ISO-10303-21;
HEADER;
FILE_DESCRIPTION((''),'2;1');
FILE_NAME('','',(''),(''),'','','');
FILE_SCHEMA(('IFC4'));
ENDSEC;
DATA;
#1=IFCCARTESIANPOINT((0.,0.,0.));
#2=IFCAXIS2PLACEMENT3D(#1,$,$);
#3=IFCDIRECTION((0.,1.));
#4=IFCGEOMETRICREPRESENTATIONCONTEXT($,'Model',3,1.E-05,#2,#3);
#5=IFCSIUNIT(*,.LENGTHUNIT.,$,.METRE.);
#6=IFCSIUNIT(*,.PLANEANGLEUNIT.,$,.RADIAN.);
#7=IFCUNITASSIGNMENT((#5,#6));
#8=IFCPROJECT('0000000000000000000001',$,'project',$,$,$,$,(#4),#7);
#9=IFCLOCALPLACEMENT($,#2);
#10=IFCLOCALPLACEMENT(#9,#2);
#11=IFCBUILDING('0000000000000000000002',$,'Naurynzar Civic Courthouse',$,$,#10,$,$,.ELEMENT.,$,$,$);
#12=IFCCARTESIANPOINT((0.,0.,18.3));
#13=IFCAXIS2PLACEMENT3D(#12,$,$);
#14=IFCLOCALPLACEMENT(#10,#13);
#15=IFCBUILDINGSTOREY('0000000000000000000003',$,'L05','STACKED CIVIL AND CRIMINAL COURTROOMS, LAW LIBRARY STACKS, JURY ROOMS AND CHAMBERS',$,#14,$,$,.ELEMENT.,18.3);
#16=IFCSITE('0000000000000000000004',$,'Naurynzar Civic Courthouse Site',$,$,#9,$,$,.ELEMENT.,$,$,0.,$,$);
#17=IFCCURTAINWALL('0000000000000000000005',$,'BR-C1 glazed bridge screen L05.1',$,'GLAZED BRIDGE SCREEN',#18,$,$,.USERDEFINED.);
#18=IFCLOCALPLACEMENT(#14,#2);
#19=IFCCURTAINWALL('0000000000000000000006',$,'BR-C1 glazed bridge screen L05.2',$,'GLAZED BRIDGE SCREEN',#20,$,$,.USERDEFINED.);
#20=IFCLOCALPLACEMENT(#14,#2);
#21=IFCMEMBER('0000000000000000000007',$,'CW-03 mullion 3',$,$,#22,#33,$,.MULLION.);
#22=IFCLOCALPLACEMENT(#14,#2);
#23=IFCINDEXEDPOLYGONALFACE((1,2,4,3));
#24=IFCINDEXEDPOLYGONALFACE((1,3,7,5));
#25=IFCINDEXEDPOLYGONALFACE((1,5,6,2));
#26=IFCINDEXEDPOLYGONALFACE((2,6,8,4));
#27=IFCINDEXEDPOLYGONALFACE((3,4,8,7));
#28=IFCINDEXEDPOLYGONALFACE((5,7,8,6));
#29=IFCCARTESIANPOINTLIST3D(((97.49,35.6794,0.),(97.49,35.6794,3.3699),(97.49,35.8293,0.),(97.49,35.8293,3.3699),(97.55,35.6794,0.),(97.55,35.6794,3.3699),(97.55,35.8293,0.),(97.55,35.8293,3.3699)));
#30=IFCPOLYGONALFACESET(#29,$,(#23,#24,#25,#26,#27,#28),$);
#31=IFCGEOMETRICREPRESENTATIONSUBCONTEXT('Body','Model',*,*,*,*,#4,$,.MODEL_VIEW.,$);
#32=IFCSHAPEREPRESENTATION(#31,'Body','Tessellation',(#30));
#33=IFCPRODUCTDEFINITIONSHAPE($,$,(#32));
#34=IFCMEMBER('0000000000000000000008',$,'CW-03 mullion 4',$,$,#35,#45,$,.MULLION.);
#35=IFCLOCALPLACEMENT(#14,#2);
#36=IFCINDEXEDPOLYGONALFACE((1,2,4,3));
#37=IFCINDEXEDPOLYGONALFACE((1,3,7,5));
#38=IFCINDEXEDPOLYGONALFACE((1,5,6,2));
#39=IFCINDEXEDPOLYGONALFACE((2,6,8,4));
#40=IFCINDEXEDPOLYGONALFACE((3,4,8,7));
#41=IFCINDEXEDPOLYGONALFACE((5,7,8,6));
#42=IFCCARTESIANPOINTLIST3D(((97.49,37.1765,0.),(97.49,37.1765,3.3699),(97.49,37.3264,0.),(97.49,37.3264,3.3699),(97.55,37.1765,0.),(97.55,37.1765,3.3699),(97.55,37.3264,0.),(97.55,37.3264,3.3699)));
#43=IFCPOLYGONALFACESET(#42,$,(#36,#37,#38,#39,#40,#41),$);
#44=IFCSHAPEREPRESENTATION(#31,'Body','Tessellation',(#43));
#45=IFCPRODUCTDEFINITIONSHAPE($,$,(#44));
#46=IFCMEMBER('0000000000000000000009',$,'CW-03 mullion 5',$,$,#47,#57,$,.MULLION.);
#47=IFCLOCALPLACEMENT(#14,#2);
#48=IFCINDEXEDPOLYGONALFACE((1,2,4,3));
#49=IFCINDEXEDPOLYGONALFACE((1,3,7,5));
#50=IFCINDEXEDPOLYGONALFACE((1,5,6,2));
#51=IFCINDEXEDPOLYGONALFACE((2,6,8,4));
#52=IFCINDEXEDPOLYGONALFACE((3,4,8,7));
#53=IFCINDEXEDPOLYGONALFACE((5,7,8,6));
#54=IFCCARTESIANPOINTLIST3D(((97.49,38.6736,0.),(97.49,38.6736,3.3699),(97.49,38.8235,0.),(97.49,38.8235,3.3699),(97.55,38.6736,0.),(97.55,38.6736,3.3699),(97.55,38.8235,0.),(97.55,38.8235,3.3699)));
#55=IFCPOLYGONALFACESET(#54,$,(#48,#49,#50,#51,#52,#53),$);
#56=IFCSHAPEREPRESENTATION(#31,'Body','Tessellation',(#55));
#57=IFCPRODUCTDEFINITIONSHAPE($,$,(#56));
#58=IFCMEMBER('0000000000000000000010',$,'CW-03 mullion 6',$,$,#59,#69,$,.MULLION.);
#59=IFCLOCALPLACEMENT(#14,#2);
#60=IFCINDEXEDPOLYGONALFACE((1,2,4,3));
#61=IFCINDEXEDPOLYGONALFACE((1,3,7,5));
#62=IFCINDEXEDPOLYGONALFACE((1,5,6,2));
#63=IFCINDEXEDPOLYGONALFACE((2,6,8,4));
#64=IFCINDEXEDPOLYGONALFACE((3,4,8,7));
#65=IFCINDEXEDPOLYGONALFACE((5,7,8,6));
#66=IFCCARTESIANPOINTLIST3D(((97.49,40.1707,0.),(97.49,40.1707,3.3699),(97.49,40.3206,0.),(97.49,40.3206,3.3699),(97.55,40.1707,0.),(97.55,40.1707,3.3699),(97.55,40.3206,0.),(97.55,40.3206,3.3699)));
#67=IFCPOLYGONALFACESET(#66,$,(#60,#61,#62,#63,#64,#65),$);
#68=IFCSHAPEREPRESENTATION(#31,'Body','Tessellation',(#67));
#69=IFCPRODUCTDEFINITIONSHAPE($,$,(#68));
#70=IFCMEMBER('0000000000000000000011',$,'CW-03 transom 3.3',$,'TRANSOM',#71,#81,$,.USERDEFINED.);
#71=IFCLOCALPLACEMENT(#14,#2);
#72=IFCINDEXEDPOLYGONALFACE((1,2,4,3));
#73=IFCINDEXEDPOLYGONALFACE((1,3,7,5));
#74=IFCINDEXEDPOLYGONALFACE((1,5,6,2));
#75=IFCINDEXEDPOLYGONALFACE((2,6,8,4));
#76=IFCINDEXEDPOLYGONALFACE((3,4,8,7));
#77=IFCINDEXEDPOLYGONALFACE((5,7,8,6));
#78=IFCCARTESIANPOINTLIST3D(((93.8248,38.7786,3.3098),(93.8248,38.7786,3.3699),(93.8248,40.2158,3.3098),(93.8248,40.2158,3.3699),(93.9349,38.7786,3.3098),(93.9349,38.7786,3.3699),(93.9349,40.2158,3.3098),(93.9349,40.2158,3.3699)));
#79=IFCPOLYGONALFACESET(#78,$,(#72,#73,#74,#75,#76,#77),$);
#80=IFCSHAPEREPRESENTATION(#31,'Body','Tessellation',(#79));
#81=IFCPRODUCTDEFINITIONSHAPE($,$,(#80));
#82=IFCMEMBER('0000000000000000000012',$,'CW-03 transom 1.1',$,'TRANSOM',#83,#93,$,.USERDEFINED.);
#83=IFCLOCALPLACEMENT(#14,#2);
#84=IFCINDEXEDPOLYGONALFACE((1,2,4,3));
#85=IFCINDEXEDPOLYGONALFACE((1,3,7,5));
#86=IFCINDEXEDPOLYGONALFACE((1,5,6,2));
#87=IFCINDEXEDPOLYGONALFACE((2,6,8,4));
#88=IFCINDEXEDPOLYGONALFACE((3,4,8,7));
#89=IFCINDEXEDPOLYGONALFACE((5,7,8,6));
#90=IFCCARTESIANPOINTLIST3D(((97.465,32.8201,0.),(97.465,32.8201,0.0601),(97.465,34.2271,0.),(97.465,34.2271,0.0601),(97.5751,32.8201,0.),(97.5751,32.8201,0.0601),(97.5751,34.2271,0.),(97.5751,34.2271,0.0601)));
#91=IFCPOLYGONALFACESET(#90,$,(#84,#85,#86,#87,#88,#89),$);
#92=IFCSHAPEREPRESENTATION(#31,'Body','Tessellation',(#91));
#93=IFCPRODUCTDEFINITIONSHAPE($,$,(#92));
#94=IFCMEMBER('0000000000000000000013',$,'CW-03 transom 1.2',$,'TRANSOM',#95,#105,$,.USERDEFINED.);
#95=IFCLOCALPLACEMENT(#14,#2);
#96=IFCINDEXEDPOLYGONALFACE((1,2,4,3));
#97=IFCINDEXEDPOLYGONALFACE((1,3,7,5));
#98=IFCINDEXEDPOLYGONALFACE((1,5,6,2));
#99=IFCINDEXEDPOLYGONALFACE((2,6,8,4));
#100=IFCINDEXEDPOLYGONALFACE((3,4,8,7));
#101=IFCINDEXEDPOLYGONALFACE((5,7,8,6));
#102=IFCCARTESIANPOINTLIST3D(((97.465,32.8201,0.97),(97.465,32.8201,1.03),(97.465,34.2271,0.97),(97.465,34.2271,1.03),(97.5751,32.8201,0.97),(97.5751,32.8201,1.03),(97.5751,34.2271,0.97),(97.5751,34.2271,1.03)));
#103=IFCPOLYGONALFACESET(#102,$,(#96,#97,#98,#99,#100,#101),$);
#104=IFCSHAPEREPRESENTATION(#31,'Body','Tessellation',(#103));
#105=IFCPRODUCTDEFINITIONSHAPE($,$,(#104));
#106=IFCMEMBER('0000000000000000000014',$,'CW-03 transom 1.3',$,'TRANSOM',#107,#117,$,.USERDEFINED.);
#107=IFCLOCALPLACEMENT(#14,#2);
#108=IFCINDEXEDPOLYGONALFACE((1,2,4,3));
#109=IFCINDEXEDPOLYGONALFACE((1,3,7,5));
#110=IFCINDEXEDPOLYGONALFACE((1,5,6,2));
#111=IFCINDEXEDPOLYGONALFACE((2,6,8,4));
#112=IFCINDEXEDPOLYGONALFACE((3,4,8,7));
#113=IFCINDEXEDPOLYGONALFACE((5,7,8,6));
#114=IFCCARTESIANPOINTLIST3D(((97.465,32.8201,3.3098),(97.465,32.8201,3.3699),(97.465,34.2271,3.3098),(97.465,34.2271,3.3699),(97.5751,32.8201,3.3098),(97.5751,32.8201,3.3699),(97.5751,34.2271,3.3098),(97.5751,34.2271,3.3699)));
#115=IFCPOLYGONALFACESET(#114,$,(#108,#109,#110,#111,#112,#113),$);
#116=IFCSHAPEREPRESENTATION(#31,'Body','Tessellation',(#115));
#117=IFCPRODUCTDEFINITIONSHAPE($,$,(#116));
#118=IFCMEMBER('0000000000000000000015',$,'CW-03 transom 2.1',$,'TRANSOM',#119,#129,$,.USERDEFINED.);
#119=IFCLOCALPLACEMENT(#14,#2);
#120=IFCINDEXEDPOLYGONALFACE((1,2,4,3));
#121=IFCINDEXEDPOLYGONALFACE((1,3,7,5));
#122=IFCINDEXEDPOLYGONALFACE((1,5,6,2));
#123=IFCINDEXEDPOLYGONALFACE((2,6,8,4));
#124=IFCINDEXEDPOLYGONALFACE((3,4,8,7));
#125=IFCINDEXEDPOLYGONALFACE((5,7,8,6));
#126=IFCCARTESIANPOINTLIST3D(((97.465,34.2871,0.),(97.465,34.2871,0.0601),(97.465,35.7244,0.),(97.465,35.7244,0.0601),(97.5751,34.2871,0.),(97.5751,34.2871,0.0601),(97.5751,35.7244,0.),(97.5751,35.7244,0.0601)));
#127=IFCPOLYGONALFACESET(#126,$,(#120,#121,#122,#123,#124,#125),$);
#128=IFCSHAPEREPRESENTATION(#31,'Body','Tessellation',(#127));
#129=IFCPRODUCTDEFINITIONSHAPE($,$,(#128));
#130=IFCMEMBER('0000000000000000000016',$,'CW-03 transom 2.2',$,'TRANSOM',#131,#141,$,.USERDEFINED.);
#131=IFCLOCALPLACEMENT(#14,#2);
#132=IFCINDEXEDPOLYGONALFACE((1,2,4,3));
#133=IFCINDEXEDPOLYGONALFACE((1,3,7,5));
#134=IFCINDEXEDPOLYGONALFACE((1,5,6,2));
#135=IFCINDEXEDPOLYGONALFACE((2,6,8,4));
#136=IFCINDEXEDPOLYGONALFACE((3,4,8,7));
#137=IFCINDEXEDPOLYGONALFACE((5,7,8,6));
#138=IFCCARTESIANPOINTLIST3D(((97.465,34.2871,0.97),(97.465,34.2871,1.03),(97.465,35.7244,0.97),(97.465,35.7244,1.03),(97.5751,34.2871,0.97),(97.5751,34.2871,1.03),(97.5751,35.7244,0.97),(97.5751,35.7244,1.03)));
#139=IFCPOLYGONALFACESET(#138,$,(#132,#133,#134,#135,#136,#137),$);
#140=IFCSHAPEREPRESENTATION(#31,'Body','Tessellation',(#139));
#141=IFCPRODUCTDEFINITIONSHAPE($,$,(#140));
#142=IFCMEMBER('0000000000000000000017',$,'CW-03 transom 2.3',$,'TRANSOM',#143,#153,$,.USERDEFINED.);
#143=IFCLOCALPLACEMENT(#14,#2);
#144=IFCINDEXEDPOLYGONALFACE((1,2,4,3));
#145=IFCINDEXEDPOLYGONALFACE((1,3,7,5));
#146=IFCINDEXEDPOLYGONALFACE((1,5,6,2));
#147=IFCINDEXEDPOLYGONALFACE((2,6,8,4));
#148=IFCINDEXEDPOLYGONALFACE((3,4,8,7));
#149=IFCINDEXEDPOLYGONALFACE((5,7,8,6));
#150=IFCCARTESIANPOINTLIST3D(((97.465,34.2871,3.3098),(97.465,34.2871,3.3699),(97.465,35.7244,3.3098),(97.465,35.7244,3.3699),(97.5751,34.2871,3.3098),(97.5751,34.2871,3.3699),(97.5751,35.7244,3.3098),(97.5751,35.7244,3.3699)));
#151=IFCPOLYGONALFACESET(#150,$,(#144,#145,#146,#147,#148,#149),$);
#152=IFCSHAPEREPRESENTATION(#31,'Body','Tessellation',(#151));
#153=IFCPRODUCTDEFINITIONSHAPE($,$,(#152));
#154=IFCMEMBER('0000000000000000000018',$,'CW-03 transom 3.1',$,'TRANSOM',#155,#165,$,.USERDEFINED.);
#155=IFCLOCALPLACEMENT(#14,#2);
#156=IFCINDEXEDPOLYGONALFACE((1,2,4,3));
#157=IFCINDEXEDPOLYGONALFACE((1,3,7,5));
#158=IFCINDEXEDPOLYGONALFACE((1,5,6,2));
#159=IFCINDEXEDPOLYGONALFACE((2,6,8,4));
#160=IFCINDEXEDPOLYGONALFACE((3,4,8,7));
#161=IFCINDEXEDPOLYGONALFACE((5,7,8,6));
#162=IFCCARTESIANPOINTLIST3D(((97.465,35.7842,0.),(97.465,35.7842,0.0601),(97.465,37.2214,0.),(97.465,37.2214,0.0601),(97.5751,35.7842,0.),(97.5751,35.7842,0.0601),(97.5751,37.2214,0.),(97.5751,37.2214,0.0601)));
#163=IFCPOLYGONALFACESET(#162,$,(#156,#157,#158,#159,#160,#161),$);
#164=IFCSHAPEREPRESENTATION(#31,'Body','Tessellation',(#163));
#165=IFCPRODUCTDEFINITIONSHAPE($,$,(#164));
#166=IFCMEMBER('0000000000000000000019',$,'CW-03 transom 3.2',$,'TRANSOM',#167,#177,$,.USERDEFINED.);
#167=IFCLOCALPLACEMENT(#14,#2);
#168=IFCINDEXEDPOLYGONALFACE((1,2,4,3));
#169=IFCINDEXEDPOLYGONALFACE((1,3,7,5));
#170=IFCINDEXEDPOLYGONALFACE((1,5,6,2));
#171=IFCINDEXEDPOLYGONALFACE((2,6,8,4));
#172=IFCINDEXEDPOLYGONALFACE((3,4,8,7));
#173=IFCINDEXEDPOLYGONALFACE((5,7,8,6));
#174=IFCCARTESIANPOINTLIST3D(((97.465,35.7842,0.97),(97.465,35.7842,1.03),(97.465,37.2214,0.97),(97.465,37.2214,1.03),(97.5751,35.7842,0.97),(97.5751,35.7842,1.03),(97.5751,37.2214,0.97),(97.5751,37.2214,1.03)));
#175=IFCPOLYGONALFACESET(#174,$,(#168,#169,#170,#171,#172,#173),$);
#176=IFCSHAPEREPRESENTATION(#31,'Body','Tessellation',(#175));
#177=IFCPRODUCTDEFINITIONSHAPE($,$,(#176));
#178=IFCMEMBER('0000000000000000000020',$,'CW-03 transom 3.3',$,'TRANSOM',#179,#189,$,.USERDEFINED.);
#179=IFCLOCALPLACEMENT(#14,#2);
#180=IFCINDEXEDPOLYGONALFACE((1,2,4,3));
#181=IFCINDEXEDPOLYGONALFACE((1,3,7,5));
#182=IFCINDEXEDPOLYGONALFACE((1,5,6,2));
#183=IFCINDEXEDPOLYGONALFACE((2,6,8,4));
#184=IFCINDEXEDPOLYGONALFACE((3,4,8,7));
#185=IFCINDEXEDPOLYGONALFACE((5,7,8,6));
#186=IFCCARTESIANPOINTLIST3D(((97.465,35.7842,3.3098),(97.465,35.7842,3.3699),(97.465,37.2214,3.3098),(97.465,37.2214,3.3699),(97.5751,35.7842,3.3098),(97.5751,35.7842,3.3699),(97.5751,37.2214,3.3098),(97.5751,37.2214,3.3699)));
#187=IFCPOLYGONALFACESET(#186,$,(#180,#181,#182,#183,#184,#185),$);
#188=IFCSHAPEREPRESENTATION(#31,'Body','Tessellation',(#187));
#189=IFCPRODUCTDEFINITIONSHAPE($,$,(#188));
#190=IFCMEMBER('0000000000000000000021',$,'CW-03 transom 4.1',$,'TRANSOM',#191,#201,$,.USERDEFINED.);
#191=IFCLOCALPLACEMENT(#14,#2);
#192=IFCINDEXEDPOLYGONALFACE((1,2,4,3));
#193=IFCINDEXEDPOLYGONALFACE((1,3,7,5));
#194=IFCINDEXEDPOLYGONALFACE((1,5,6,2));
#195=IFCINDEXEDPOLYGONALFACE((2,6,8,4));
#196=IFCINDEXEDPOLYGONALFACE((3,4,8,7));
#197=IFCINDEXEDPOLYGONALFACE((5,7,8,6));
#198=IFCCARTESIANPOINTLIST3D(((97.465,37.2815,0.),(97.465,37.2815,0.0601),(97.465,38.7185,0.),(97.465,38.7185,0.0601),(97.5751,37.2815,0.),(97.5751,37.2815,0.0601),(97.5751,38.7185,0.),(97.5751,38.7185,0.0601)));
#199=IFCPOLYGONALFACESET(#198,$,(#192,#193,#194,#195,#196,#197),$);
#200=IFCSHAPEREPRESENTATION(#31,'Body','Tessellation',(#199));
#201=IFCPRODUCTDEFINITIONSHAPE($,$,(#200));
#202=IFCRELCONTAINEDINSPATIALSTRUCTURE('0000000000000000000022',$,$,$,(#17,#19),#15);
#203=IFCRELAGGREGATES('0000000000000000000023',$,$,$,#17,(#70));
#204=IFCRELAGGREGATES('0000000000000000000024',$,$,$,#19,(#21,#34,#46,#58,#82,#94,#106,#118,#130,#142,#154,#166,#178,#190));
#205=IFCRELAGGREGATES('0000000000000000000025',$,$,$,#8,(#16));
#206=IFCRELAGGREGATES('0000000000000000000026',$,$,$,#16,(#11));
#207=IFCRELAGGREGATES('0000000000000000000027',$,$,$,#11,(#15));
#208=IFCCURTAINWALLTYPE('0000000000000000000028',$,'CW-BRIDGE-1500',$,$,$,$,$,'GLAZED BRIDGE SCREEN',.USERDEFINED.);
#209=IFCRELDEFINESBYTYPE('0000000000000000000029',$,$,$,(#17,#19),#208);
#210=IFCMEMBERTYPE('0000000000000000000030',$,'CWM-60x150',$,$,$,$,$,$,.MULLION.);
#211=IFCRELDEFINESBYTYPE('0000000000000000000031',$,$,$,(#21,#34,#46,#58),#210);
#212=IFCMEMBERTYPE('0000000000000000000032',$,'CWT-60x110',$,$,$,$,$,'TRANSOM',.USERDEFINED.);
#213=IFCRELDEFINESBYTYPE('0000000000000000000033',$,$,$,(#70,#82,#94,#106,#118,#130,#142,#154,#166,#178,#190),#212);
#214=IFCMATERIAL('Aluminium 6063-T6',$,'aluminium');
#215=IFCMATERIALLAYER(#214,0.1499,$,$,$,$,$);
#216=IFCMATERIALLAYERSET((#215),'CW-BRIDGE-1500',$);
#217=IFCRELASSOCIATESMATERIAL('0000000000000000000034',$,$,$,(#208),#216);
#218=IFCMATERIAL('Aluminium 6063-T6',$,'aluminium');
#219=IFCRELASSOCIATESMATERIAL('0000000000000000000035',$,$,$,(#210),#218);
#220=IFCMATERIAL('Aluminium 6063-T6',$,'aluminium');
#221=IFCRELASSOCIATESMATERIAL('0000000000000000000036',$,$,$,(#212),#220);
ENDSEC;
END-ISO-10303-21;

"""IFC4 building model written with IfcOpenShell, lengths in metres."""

from ifc_helpers import new_model, si_unit, direction, frame, origin, origin_2d, place, context, subcontext, project, spatial, rectangle, extrude, material, layer, layer_set, material_profile, profile_set, type_object, element, aggregate, save


model = new_model("IFC4")

# Units and contexts
model_context = context("Model", 3, precision=1e-05, world=origin(), true_north=direction((0.0, 1.0)))
body_context = subcontext(model_context, "Body", "Model", "MODEL_VIEW")
ifc_project = project(units=[si_unit("LENGTHUNIT", "METRE"), si_unit("PLANEANGLEUNIT", "RADIAN")], contexts=[model_context])

# Site, building, storey
site_placement = place(None, origin())
site = spatial("IfcSite", under=ifc_project, at=site_placement, Name="Naurynzar Civic Courthouse Site", CompositionType="ELEMENT", RefElevation=0.0)
building_placement = place(site_placement, origin())
building = spatial("IfcBuilding", under=site, at=building_placement, Name="Naurynzar Civic Courthouse", CompositionType="ELEMENT")
storey_placement = place(building_placement, frame((0.0, 0.0, 18.3)))
storey = spatial("IfcBuildingStorey", under=building, at=storey_placement, Name="L05", Description="STACKED CIVIL AND CRIMINAL COURTROOMS, LAW LIBRARY STACKS, JURY ROOMS AND CHAMBERS", CompositionType="ELEMENT", Elevation=18.3)

# Curtain wall
ifc_material_1 = material(Name="Aluminium 6063-T6", Category="aluminium")
ifc_layer_1 = layer(ifc_material_1, 0.1499)
ifc_layer_set_1 = layer_set([ifc_layer_1], Name="CW-BRIDGE-1500")
curtain_wall_type = type_object("IfcCurtainWallType", Name="CW-BRIDGE-1500", ElementType="GLAZED BRIDGE SCREEN", PredefinedType="USERDEFINED", material=ifc_layer_set_1)
curtain_wall_1_placement = place(storey_placement, origin())
curtain_wall_1 = element("IfcCurtainWall", 1, at=curtain_wall_1_placement, inside=storey, type_object=curtain_wall_type, Name="BR-C1 glazed bridge screen L05.1", ObjectType="GLAZED BRIDGE SCREEN", PredefinedType="USERDEFINED")
ifc_material_2 = material(Name="Aluminium 6063-T6", Category="aluminium")
ifc_material_profile_1 = material_profile(ifc_material_2, rectangle(XDim=0.0601, YDim=0.1499, at=origin_2d()), Name="ALU MULLION 60x150")
ifc_profile_set_1 = profile_set([ifc_material_profile_1], Name="Aluminium 6063-T6")
member_type_1 = type_object("IfcMemberType", Name="CWM-60x150", PredefinedType="MULLION", material=ifc_profile_set_1)

# Curtain wall, members
curtain_wall_2_placement = place(storey_placement, origin())
curtain_wall_2 = element("IfcCurtainWall", 2, at=curtain_wall_2_placement, inside=storey, type_object=curtain_wall_type, Name="BR-C1 glazed bridge screen L05.2", ObjectType="GLAZED BRIDGE SCREEN", PredefinedType="USERDEFINED")
member_1_placement = place(storey_placement, frame((97.52, 35.7544, 0.0), z_axis=(0.0, 0.0, 1.0), x_axis=(-1.0, 0.0, 0.0)))
member_1 = element("IfcMember", 3, at=member_1_placement, type_object=member_type_1, Name="CW-03 mullion 3", PredefinedType="MULLION", context=body_context, shape_type="SweptSolid", body=[
    extrude(rectangle(XDim=0.0601, YDim=0.1499, at=origin_2d()), origin(), (0.0, 0.0, 1.0), 3.3699),
])
member_2_placement = place(storey_placement, frame((97.52, 37.2515, 0.0), z_axis=(0.0, 0.0, 1.0), x_axis=(-1.0, 0.0, 0.0)))
member_2 = element("IfcMember", 4, at=member_2_placement, type_object=member_type_1, Name="CW-03 mullion 4", PredefinedType="MULLION", context=body_context, shape_type="SweptSolid", body=[
    extrude(rectangle(XDim=0.0601, YDim=0.1499, at=origin_2d()), origin(), (0.0, 0.0, 1.0), 3.3699),
])
member_3_placement = place(storey_placement, frame((97.52, 38.7485, 0.0), z_axis=(0.0, 0.0, 1.0), x_axis=(-1.0, 0.0, 0.0)))
member_3 = element("IfcMember", 5, at=member_3_placement, type_object=member_type_1, Name="CW-03 mullion 5", PredefinedType="MULLION", context=body_context, shape_type="SweptSolid", body=[
    extrude(rectangle(XDim=0.0601, YDim=0.1499, at=origin_2d()), origin(), (0.0, 0.0, 1.0), 3.3699),
])
member_4_placement = place(storey_placement, frame((97.52, 40.2456, 0.0), z_axis=(0.0, 0.0, 1.0), x_axis=(-1.0, 0.0, 0.0)))
member_4 = element("IfcMember", 6, at=member_4_placement, type_object=member_type_1, Name="CW-03 mullion 6", PredefinedType="MULLION", context=body_context, shape_type="SweptSolid", body=[
    extrude(rectangle(XDim=0.0601, YDim=0.1499, at=origin_2d()), origin(), (0.0, 0.0, 1.0), 3.3699),
])

# Members
ifc_material_3 = material(Name="Aluminium 6063-T6", Category="aluminium")
ifc_material_profile_2 = material_profile(ifc_material_3, rectangle(XDim=0.1101, YDim=0.0601, at=origin_2d()), Name="ALU TRANSOM 60x110")
ifc_profile_set_2 = profile_set([ifc_material_profile_2], Name="Aluminium 6063-T6")
member_type_2 = type_object("IfcMemberType", Name="CWT-60x110", ElementType="TRANSOM", PredefinedType="USERDEFINED", material=ifc_profile_set_2)
member_5_placement = place(storey_placement, frame((93.8799, 40.2158, 3.3398), z_axis=(0.0, -1.0, 0.0), x_axis=(1.0, 0.0, 0.0)))
member_5 = element("IfcMember", 7, at=member_5_placement, type_object=member_type_2, Name="CW-03 transom 3.3", ObjectType="TRANSOM", PredefinedType="USERDEFINED", context=body_context, shape_type="SweptSolid", body=[
    extrude(rectangle(XDim=0.1101, YDim=0.0601, at=origin_2d()), origin(), (0.0, 0.0, 1.0), 1.4373),
])
member_6_placement = place(storey_placement, frame((97.52, 32.8201, 0.03), z_axis=(0.0, 1.0, 0.0), x_axis=(-1.0, 0.0, 0.0)))
member_6 = element("IfcMember", 8, at=member_6_placement, type_object=member_type_2, Name="CW-03 transom 1.1", ObjectType="TRANSOM", PredefinedType="USERDEFINED", context=body_context, shape_type="SweptSolid", body=[
    extrude(rectangle(XDim=0.1101, YDim=0.0601, at=origin_2d()), origin(), (0.0, 0.0, 1.0), 1.407),
])
member_7_placement = place(storey_placement, frame((97.52, 32.8201, 1.0), z_axis=(0.0, 1.0, 0.0), x_axis=(-1.0, 0.0, 0.0)))
member_7 = element("IfcMember", 9, at=member_7_placement, type_object=member_type_2, Name="CW-03 transom 1.2", ObjectType="TRANSOM", PredefinedType="USERDEFINED", context=body_context, shape_type="SweptSolid", body=[
    extrude(rectangle(XDim=0.1101, YDim=0.0601, at=origin_2d()), origin(), (0.0, 0.0, 1.0), 1.407),
])
member_8_placement = place(storey_placement, frame((97.52, 32.8201, 3.3398), z_axis=(0.0, 1.0, 0.0), x_axis=(-1.0, 0.0, 0.0)))
member_8 = element("IfcMember", 10, at=member_8_placement, type_object=member_type_2, Name="CW-03 transom 1.3", ObjectType="TRANSOM", PredefinedType="USERDEFINED", context=body_context, shape_type="SweptSolid", body=[
    extrude(rectangle(XDim=0.1101, YDim=0.0601, at=origin_2d()), origin(), (0.0, 0.0, 1.0), 1.407),
])
member_9_placement = place(storey_placement, frame((97.52, 34.2871, 0.03), z_axis=(0.0, 1.0, 0.0), x_axis=(-1.0, 0.0, 0.0)))
member_9 = element("IfcMember", 11, at=member_9_placement, type_object=member_type_2, Name="CW-03 transom 2.1", ObjectType="TRANSOM", PredefinedType="USERDEFINED", context=body_context, shape_type="SweptSolid", body=[
    extrude(rectangle(XDim=0.1101, YDim=0.0601, at=origin_2d()), origin(), (0.0, 0.0, 1.0), 1.4373),
])
member_10_placement = place(storey_placement, frame((97.52, 34.2871, 1.0), z_axis=(0.0, 1.0, 0.0), x_axis=(-1.0, 0.0, 0.0)))
member_10 = element("IfcMember", 12, at=member_10_placement, type_object=member_type_2, Name="CW-03 transom 2.2", ObjectType="TRANSOM", PredefinedType="USERDEFINED", context=body_context, shape_type="SweptSolid", body=[
    extrude(rectangle(XDim=0.1101, YDim=0.0601, at=origin_2d()), origin(), (0.0, 0.0, 1.0), 1.4373),
])
member_11_placement = place(storey_placement, frame((97.52, 34.2871, 3.3398), z_axis=(0.0, 1.0, 0.0), x_axis=(-1.0, 0.0, 0.0)))
member_11 = element("IfcMember", 13, at=member_11_placement, type_object=member_type_2, Name="CW-03 transom 2.3", ObjectType="TRANSOM", PredefinedType="USERDEFINED", context=body_context, shape_type="SweptSolid", body=[
    extrude(rectangle(XDim=0.1101, YDim=0.0601, at=origin_2d()), origin(), (0.0, 0.0, 1.0), 1.4373),
])
member_12_placement = place(storey_placement, frame((97.52, 35.7842, 0.03), z_axis=(0.0, 1.0, 0.0), x_axis=(-1.0, 0.0, 0.0)))
member_12 = element("IfcMember", 14, at=member_12_placement, type_object=member_type_2, Name="CW-03 transom 3.1", ObjectType="TRANSOM", PredefinedType="USERDEFINED", context=body_context, shape_type="SweptSolid", body=[
    extrude(rectangle(XDim=0.1101, YDim=0.0601, at=origin_2d()), origin(), (0.0, 0.0, 1.0), 1.4373),
])
member_13_placement = place(storey_placement, frame((97.52, 35.7842, 1.0), z_axis=(0.0, 1.0, 0.0), x_axis=(-1.0, 0.0, 0.0)))
member_13 = element("IfcMember", 15, at=member_13_placement, type_object=member_type_2, Name="CW-03 transom 3.2", ObjectType="TRANSOM", PredefinedType="USERDEFINED", context=body_context, shape_type="SweptSolid", body=[
    extrude(rectangle(XDim=0.1101, YDim=0.0601, at=origin_2d()), origin(), (0.0, 0.0, 1.0), 1.4373),
])
member_14_placement = place(storey_placement, frame((97.52, 35.7842, 3.3398), z_axis=(0.0, 1.0, 0.0), x_axis=(-1.0, 0.0, 0.0)))
member_14 = element("IfcMember", 16, at=member_14_placement, type_object=member_type_2, Name="CW-03 transom 3.3", ObjectType="TRANSOM", PredefinedType="USERDEFINED", context=body_context, shape_type="SweptSolid", body=[
    extrude(rectangle(XDim=0.1101, YDim=0.0601, at=origin_2d()), origin(), (0.0, 0.0, 1.0), 1.4373),
])
member_15_placement = place(storey_placement, frame((97.52, 37.2815, 0.03), z_axis=(0.0, 1.0, 0.0), x_axis=(-1.0, 0.0, 0.0)))
member_15 = element("IfcMember", 17, at=member_15_placement, type_object=member_type_2, Name="CW-03 transom 4.1", ObjectType="TRANSOM", PredefinedType="USERDEFINED", context=body_context, shape_type="SweptSolid", body=[
    extrude(rectangle(XDim=0.1101, YDim=0.0601, at=origin_2d()), origin(), (0.0, 0.0, 1.0), 1.437),
])

aggregate(curtain_wall_1, [member_5])
aggregate(curtain_wall_2, [member_1, member_2, member_3, member_4, member_6, member_7, member_8, member_9, member_10, member_11, member_12, member_13, member_14, member_15])

save(model, "model.ifc")
